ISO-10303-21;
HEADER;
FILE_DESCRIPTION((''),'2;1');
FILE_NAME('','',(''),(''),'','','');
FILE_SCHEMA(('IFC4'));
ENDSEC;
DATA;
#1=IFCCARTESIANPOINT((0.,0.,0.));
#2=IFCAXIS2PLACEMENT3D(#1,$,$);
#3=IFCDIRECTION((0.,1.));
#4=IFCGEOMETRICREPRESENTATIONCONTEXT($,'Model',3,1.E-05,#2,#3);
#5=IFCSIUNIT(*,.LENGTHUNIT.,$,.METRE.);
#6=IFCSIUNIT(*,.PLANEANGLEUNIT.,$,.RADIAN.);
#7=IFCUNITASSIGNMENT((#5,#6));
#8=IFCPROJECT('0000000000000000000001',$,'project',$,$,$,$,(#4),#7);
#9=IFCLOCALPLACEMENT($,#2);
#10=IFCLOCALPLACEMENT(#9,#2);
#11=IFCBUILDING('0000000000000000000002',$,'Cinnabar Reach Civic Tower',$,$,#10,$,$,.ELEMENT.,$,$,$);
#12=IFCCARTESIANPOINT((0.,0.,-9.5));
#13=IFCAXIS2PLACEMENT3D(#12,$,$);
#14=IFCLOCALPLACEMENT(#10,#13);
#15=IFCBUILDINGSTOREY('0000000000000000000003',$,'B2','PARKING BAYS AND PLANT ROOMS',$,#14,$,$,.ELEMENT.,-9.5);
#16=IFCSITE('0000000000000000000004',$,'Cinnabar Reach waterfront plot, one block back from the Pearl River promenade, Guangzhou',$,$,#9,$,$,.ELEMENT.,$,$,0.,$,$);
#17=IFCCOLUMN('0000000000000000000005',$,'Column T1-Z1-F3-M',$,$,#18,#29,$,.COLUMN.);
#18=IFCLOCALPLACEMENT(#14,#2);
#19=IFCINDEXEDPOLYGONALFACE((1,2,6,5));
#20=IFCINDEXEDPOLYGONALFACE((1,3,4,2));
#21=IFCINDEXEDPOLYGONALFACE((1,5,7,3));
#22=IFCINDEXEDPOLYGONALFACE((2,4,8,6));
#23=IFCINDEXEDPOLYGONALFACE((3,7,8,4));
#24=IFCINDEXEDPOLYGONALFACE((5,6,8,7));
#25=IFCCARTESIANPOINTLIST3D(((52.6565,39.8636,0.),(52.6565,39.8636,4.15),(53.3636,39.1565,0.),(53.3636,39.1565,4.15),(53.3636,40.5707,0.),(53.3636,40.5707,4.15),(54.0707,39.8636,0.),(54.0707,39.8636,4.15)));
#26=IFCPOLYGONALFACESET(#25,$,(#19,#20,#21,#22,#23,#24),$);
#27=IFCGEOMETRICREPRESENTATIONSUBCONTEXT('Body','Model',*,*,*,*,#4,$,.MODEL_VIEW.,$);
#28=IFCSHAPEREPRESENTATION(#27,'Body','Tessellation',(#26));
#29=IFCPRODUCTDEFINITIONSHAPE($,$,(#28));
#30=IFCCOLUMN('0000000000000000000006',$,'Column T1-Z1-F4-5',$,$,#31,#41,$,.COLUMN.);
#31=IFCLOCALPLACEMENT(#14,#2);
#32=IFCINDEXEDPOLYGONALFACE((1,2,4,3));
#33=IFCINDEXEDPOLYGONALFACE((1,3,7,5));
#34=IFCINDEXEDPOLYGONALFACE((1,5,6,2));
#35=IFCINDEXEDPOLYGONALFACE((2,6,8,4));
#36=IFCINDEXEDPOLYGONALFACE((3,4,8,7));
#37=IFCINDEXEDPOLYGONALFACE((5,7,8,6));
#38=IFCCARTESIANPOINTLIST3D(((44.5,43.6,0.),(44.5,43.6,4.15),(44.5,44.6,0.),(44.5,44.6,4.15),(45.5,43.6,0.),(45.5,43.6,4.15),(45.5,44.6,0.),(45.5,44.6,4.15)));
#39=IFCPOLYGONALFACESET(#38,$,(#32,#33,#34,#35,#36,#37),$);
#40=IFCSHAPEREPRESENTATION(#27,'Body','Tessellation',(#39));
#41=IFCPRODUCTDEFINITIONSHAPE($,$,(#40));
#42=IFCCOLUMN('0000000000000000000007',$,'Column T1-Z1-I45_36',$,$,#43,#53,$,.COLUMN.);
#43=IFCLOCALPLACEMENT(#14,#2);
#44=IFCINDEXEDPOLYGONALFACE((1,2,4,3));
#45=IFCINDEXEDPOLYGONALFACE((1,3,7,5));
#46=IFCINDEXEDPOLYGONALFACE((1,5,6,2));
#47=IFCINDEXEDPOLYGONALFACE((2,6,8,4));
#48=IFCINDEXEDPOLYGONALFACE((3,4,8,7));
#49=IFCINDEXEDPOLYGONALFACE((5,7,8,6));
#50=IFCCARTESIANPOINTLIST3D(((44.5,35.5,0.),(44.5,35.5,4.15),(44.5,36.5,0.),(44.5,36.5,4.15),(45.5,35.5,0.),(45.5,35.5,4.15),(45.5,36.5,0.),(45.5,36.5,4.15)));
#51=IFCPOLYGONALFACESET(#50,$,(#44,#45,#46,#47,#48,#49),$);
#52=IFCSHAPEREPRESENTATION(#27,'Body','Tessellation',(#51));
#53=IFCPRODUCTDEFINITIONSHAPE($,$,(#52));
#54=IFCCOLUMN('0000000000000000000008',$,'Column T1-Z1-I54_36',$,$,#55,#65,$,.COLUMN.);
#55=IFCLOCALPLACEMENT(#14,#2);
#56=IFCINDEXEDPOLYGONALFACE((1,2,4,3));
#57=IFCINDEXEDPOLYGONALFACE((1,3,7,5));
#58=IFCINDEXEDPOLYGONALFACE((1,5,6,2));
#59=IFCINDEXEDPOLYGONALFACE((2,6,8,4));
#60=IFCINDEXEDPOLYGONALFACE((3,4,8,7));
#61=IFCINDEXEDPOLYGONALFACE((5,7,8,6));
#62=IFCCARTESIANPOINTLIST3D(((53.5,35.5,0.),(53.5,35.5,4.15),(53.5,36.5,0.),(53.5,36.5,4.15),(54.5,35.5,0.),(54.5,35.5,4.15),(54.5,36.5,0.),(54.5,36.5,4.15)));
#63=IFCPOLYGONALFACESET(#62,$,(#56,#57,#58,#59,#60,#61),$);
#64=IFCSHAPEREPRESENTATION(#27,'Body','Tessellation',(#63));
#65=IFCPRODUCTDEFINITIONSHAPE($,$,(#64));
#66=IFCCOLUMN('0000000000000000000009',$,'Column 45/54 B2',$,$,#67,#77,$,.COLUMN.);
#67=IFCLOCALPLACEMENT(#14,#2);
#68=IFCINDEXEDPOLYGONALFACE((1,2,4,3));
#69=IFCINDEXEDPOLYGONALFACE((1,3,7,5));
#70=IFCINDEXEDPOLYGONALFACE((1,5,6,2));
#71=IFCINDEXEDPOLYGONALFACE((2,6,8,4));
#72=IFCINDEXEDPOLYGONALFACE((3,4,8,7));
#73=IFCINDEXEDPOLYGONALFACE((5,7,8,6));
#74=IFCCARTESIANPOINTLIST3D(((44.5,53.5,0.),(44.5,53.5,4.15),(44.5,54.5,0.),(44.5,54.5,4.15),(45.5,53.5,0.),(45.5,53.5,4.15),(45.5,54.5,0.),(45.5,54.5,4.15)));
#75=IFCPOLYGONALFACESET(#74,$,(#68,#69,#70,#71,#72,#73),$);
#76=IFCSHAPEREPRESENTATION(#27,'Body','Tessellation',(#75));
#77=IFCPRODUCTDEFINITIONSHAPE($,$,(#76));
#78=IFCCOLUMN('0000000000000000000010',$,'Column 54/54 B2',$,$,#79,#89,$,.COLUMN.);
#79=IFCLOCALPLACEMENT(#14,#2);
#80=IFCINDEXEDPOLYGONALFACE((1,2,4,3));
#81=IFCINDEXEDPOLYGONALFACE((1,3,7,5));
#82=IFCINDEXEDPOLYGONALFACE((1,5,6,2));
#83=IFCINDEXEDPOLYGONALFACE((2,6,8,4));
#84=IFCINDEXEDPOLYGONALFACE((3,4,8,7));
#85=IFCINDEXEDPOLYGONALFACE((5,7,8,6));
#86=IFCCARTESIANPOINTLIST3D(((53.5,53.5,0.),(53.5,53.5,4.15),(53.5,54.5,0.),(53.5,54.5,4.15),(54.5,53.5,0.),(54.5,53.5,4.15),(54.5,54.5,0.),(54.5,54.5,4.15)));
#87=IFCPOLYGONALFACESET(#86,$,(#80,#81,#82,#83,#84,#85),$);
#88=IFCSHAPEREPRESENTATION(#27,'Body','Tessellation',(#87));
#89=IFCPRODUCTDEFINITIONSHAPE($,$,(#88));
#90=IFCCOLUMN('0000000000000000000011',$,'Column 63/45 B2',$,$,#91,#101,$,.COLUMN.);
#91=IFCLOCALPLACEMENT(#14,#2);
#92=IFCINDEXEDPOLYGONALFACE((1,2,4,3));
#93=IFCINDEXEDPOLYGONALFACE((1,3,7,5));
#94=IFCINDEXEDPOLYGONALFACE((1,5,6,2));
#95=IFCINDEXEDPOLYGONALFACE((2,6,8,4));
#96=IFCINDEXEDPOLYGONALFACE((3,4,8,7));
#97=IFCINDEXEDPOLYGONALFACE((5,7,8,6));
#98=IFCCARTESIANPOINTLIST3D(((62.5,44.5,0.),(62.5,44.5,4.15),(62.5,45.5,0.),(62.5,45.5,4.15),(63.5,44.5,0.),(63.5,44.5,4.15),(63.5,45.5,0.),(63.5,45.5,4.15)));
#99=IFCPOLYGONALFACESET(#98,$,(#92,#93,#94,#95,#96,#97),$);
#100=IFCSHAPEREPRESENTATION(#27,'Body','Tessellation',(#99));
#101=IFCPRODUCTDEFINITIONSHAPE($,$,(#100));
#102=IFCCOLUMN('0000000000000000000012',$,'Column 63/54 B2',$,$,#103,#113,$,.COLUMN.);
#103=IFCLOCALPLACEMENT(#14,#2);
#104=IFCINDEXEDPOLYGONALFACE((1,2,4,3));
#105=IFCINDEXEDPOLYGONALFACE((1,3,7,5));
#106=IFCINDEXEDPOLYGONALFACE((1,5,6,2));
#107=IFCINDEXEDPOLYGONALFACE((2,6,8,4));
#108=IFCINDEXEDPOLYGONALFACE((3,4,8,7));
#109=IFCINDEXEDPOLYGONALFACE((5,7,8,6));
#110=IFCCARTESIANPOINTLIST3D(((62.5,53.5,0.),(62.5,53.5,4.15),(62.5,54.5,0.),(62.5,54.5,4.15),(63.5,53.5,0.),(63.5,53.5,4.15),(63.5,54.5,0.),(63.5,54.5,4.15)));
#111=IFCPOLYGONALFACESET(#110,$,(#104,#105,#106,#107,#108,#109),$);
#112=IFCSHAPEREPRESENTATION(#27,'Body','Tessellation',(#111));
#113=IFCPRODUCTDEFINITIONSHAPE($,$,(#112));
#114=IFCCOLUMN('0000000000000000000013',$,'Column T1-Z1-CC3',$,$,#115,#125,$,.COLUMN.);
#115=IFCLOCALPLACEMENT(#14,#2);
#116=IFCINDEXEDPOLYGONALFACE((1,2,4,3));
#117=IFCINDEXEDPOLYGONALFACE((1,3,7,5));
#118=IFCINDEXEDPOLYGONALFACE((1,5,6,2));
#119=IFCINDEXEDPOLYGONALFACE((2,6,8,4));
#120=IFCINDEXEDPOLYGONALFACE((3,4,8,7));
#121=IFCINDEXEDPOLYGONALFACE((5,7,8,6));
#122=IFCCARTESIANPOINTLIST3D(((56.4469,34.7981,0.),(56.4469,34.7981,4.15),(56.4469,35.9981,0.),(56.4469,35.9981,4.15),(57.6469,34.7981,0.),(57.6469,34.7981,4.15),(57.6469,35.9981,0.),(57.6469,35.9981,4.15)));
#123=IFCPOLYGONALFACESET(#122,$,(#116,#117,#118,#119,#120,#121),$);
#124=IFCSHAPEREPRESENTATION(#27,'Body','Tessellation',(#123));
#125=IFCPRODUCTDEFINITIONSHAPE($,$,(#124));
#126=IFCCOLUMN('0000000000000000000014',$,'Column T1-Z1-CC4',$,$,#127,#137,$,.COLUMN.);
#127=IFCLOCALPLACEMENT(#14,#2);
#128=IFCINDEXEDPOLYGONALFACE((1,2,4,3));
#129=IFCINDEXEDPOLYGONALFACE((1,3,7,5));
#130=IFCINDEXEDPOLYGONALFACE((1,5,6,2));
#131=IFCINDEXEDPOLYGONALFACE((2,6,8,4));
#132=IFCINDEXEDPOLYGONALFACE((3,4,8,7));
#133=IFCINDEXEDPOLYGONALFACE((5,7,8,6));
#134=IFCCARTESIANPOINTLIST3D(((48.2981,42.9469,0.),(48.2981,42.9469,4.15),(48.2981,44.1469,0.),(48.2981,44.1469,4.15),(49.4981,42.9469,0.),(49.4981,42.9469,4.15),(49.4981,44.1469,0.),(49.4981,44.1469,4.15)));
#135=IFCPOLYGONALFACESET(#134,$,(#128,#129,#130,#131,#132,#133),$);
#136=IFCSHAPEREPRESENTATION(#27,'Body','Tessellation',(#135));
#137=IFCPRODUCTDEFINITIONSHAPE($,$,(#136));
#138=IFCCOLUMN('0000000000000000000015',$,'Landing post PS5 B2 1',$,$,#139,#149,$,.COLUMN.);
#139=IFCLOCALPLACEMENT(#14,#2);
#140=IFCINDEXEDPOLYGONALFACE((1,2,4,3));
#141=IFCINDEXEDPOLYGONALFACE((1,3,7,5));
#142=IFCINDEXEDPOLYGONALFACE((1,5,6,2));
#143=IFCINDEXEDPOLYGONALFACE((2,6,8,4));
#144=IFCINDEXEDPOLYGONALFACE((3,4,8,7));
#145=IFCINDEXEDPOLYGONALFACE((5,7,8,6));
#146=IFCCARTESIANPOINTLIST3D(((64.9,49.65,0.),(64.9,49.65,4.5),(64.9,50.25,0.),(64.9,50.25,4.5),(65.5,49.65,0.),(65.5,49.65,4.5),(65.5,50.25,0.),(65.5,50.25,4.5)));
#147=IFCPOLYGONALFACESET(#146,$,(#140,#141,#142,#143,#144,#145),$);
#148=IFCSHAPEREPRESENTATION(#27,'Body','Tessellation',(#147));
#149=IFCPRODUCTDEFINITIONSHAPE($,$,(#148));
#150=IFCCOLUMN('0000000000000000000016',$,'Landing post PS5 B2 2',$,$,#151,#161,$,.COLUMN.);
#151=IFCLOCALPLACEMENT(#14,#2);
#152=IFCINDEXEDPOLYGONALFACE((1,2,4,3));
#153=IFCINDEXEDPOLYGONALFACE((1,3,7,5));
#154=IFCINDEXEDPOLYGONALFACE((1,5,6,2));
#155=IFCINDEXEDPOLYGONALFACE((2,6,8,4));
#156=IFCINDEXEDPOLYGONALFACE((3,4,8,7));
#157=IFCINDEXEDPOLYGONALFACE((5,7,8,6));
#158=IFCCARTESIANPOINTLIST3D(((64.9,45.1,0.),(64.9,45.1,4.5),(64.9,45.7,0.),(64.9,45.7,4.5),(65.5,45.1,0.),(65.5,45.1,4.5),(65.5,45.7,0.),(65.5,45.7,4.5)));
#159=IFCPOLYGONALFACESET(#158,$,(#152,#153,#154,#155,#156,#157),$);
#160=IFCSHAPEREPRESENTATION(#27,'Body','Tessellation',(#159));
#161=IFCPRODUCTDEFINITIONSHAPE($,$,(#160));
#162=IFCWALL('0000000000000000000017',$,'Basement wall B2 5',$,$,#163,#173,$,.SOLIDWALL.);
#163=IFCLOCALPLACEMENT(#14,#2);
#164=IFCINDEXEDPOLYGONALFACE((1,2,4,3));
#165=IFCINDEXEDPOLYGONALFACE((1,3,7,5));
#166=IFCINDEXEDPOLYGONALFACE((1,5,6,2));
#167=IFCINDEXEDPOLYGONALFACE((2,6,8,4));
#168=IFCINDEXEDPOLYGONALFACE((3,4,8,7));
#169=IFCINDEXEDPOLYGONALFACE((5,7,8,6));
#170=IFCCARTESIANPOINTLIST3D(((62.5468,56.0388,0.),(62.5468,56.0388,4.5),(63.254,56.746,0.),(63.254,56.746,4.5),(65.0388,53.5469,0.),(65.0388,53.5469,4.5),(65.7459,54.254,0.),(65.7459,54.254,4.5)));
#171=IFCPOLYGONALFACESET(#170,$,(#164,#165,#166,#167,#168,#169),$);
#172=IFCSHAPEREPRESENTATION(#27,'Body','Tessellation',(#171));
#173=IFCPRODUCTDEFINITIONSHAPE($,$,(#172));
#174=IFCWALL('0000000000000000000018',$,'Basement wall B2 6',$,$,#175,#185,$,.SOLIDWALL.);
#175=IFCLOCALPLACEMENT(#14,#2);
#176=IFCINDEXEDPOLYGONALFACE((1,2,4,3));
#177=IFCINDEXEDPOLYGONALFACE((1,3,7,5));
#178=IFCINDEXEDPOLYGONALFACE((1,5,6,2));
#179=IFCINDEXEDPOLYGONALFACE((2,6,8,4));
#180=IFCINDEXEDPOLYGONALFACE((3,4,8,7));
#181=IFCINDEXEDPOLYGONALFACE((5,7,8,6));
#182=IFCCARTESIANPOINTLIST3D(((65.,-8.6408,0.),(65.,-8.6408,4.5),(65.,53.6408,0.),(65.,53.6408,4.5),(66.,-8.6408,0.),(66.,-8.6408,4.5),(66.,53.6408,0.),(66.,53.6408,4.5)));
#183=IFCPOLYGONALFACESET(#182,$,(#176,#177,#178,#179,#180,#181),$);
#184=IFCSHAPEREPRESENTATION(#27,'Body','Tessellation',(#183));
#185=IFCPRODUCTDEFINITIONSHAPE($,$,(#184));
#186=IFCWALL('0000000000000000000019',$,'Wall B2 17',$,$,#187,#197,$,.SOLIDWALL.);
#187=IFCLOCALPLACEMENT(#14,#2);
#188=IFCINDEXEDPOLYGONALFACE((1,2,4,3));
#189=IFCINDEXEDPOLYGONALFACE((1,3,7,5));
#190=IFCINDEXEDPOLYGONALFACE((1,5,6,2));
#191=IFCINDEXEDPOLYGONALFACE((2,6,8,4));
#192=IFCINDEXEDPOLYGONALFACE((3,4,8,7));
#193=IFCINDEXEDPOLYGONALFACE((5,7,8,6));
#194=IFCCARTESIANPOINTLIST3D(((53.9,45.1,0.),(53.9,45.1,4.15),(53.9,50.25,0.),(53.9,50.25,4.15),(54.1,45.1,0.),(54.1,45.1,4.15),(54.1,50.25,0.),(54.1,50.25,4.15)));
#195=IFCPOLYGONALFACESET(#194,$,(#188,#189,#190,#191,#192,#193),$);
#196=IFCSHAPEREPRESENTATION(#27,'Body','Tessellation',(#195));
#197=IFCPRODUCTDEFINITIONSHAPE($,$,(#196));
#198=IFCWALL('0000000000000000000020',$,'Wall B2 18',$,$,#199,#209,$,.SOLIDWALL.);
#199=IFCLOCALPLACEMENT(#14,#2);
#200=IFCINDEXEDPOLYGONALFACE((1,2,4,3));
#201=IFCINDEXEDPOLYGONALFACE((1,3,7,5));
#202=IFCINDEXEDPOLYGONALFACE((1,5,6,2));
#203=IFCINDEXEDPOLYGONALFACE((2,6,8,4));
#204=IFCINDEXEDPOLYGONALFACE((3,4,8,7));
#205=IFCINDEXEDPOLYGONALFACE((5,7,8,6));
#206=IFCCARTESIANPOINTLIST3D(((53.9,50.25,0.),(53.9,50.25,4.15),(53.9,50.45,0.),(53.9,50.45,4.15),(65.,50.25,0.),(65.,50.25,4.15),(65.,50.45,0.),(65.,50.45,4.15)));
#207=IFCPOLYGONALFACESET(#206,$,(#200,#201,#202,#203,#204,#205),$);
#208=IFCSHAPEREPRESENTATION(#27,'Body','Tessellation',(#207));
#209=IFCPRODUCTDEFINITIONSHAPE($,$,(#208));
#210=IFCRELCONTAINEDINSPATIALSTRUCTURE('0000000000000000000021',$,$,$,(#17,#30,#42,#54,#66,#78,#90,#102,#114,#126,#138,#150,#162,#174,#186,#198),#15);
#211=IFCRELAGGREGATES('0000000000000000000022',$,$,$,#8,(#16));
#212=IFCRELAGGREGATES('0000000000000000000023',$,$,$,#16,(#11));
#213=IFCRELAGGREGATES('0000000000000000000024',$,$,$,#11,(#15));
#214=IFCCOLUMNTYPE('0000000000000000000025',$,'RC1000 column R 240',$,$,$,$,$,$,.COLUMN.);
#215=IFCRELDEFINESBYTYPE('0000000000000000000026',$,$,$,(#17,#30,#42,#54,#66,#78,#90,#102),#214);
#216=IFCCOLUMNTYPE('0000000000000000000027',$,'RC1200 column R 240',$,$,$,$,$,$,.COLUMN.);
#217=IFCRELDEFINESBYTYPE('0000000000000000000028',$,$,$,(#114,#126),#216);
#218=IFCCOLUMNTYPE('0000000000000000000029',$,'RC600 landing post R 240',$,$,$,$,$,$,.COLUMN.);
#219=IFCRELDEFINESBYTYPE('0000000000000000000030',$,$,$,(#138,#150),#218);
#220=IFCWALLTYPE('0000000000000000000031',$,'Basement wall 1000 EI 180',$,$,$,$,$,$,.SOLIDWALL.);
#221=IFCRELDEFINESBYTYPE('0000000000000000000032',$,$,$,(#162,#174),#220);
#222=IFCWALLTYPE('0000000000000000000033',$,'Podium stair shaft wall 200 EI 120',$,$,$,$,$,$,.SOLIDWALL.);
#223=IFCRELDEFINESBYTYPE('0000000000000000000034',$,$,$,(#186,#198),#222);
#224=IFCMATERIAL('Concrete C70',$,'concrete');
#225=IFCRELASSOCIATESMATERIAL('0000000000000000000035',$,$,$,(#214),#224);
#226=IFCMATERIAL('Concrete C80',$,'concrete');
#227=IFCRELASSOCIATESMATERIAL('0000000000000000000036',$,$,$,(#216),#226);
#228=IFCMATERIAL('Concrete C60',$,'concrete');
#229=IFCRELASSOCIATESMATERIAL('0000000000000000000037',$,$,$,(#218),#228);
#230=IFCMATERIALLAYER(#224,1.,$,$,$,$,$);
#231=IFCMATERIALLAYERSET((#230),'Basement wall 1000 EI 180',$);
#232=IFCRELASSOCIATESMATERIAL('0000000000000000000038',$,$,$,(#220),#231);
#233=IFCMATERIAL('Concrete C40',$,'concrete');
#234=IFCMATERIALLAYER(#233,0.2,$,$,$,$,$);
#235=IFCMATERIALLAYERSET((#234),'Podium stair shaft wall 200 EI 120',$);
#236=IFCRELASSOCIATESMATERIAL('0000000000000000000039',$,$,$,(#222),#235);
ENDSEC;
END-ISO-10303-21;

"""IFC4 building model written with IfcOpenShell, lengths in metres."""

from ifc_helpers import new_model, si_unit, direction, frame, frame_2d, origin, origin_2d, place, context, subcontext, project, spatial, rectangle, extrude, material, layer, layer_set, material_profile, profile_set, type_object, element, save


model = new_model("IFC4")

# Units and contexts
model_context = context("Model", 3, precision=1e-05, world=origin(), true_north=direction((0.0, 1.0)))
body_context = subcontext(model_context, "Body", "Model", "MODEL_VIEW")
ifc_project = project(units=[si_unit("LENGTHUNIT", "METRE"), si_unit("PLANEANGLEUNIT", "RADIAN")], contexts=[model_context])

# Site, building, storey
site_placement = place(None, origin())
site = spatial("IfcSite", under=ifc_project, at=site_placement, Name="Cinnabar Reach waterfront plot, one block back from the Pearl River promenade, Guangzhou", CompositionType="ELEMENT", RefElevation=0.0)
building_placement = place(site_placement, origin())
building = spatial("IfcBuilding", under=site, at=building_placement, Name="Cinnabar Reach Civic Tower", CompositionType="ELEMENT")
storey_placement = place(building_placement, frame((0.0, 0.0, -9.5)))
storey = spatial("IfcBuildingStorey", under=building, at=storey_placement, Name="B2", Description="PARKING BAYS AND PLANT ROOMS", CompositionType="ELEMENT", Elevation=-9.5)

# Columns
ifc_material_1 = material(Name="Concrete C70", Category="concrete")
ifc_material_profile_1 = material_profile(ifc_material_1, rectangle(XDim=1.0, YDim=1.0, at=origin_2d()), Name="RC1000")
ifc_profile_set_1 = profile_set([ifc_material_profile_1], Name="Concrete C70")
column_type_1 = type_object("IfcColumnType", Name="RC1000 column R 240", PredefinedType="COLUMN", material=ifc_profile_set_1)
for number, where, z_axis, x_axis, name in (
    (1, (53.3636, 39.8636, 0.0), (0.0, 0.0, 1.0), (0.707107, 0.707107, 0.0), "Column T1-Z1-F3-M"),
    (2, (45.0, 44.1, 0.0), (0.0, 0.0, 1.0), (1.0, 0.0, 0.0), "Column T1-Z1-F4-5"),
    (3, (45.0, 36.0, 0.0), (0.0, 0.0, 1.0), (1.0, 0.0, 0.0), "Column T1-Z1-I45_36"),
    (4, (54.0, 36.0, 0.0), (0.0, 0.0, 1.0), (1.0, 0.0, 0.0), "Column T1-Z1-I54_36"),
    (5, (45.0, 54.0, 0.0), (0.0, 0.0, 1.0), (1.0, 0.0, 0.0), "Column 45/54 B2"),
    (6, (54.0, 54.0, 0.0), (0.0, 0.0, 1.0), (1.0, 0.0, 0.0), "Column 54/54 B2"),
    (7, (63.0, 45.0, 0.0), (0.0, 0.0, 1.0), (1.0, 0.0, 0.0), "Column 63/45 B2"),
    (8, (63.0, 54.0, 0.0), (0.0, 0.0, 1.0), (1.0, 0.0, 0.0), "Column 63/54 B2"),
):
    element("IfcColumn", number, at=place(storey_placement, frame(where, z_axis=z_axis, x_axis=x_axis)), inside=storey, type_object=column_type_1, Name=name, PredefinedType="COLUMN", context=body_context, shape_type="SweptSolid", body=[
        extrude(rectangle(XDim=1.0, YDim=1.0, at=origin_2d()), origin(), (0.0, 0.0, 1.0), 4.15),
    ])
ifc_material_2 = material(Name="Concrete C80", Category="concrete")
ifc_material_profile_2 = material_profile(ifc_material_2, rectangle(XDim=1.2, YDim=1.2, at=origin_2d()), Name="RC1200")
ifc_profile_set_2 = profile_set([ifc_material_profile_2], Name="Concrete C80")
column_type_2 = type_object("IfcColumnType", Name="RC1200 column R 240", PredefinedType="COLUMN", material=ifc_profile_set_2)
for number, where, z_axis, x_axis, name in (
    (9, (57.0469, 35.3981, 0.0), (0.0, 0.0, 1.0), (1.0, 0.0, 0.0), "Column T1-Z1-CC3"),
    (10, (48.8981, 43.5469, 0.0), (0.0, 0.0, 1.0), (1.0, 0.0, 0.0), "Column T1-Z1-CC4"),
):
    element("IfcColumn", number, at=place(storey_placement, frame(where, z_axis=z_axis, x_axis=x_axis)), inside=storey, type_object=column_type_2, Name=name, PredefinedType="COLUMN", context=body_context, shape_type="SweptSolid", body=[
        extrude(rectangle(XDim=1.2, YDim=1.2, at=origin_2d()), origin(), (0.0, 0.0, 1.0), 4.15),
    ])
ifc_material_3 = material(Name="Concrete C60", Category="concrete")
ifc_material_profile_3 = material_profile(ifc_material_3, rectangle(XDim=0.6, YDim=0.6, at=origin_2d()), Name="RC600")
ifc_profile_set_3 = profile_set([ifc_material_profile_3], Name="Concrete C60")
column_type_3 = type_object("IfcColumnType", Name="RC600 landing post R 240", PredefinedType="COLUMN", material=ifc_profile_set_3)
for number, where, z_axis, x_axis, name in (
    (11, (65.2, 49.95, 0.0), (0.0, 0.0, 1.0), (1.0, 0.0, 0.0), "Landing post PS5 B2 1"),
    (12, (65.2, 45.4, 0.0), (0.0, 0.0, 1.0), (1.0, 0.0, 0.0), "Landing post PS5 B2 2"),
):
    element("IfcColumn", number, at=place(storey_placement, frame(where, z_axis=z_axis, x_axis=x_axis)), inside=storey, type_object=column_type_3, Name=name, PredefinedType="COLUMN", context=body_context, shape_type="SweptSolid", body=[
        extrude(rectangle(XDim=0.6, YDim=0.6, at=origin_2d()), origin(), (0.0, 0.0, 1.0), 4.5),
    ])

# Walls
ifc_layer_1 = layer(ifc_material_1, 1.0)
ifc_layer_set_1 = layer_set([ifc_layer_1], Name="Basement wall 1000 EI 180")
wall_type_1 = type_object("IfcWallType", Name="Basement wall 1000 EI 180", PredefinedType="SOLIDWALL", material=ifc_layer_set_1)
wall_1_placement = place(storey_placement, frame((62.9004, 56.3924, 0.0), z_axis=(0.0, 0.0, 1.0), x_axis=(0.707107, -0.707107, 0.0)))
element("IfcWall", 13, at=wall_1_placement, inside=storey, type_object=wall_type_1, Name="Basement wall B2 5", PredefinedType="SOLIDWALL", context=body_context, shape_type="SweptSolid", body=[
    extrude(rectangle(XDim=3.5242, YDim=1.0, at=frame_2d((1.7621, 0.0))), origin(), (0.0, 0.0, 1.0), 4.5),
])
wall_2_placement = place(storey_placement, frame((65.5, 53.6408, 0.0), z_axis=(0.0, 0.0, 1.0), x_axis=(0.0, -1.0, 0.0)))
element("IfcWall", 14, at=wall_2_placement, inside=storey, type_object=wall_type_1, Name="Basement wall B2 6", PredefinedType="SOLIDWALL", context=body_context, shape_type="SweptSolid", body=[
    extrude(rectangle(XDim=62.2816, YDim=1.0, at=frame_2d((31.1408, 0.0))), origin(), (0.0, 0.0, 1.0), 4.5),
])
ifc_material_4 = material(Name="Concrete C40", Category="concrete")
ifc_layer_2 = layer(ifc_material_4, 0.2)
ifc_layer_set_2 = layer_set([ifc_layer_2], Name="Podium stair shaft wall 200 EI 120")
wall_type_2 = type_object("IfcWallType", Name="Podium stair shaft wall 200 EI 120", PredefinedType="SOLIDWALL", material=ifc_layer_set_2)
wall_3_placement = place(storey_placement, frame((54.0, 45.1, 0.0), z_axis=(0.0, 0.0, 1.0), x_axis=(0.0, 1.0, 0.0)))
element("IfcWall", 15, at=wall_3_placement, inside=storey, type_object=wall_type_2, Name="Wall B2 17", PredefinedType="SOLIDWALL", context=body_context, shape_type="SweptSolid", body=[
    extrude(rectangle(XDim=5.15, YDim=0.2, at=frame_2d((2.575, 0.0))), origin(), (0.0, 0.0, 1.0), 4.15),
])
wall_4_placement = place(storey_placement, frame((53.9, 50.35, 0.0), z_axis=(0.0, 0.0, 1.0), x_axis=(1.0, 0.0, 0.0)))
element("IfcWall", 16, at=wall_4_placement, inside=storey, type_object=wall_type_2, Name="Wall B2 18", PredefinedType="SOLIDWALL", context=body_context, shape_type="SweptSolid", body=[
    extrude(rectangle(XDim=11.1, YDim=0.2, at=frame_2d((5.55, 0.0))), origin(), (0.0, 0.0, 1.0), 4.15),
])

save(model, "model.ifc")
